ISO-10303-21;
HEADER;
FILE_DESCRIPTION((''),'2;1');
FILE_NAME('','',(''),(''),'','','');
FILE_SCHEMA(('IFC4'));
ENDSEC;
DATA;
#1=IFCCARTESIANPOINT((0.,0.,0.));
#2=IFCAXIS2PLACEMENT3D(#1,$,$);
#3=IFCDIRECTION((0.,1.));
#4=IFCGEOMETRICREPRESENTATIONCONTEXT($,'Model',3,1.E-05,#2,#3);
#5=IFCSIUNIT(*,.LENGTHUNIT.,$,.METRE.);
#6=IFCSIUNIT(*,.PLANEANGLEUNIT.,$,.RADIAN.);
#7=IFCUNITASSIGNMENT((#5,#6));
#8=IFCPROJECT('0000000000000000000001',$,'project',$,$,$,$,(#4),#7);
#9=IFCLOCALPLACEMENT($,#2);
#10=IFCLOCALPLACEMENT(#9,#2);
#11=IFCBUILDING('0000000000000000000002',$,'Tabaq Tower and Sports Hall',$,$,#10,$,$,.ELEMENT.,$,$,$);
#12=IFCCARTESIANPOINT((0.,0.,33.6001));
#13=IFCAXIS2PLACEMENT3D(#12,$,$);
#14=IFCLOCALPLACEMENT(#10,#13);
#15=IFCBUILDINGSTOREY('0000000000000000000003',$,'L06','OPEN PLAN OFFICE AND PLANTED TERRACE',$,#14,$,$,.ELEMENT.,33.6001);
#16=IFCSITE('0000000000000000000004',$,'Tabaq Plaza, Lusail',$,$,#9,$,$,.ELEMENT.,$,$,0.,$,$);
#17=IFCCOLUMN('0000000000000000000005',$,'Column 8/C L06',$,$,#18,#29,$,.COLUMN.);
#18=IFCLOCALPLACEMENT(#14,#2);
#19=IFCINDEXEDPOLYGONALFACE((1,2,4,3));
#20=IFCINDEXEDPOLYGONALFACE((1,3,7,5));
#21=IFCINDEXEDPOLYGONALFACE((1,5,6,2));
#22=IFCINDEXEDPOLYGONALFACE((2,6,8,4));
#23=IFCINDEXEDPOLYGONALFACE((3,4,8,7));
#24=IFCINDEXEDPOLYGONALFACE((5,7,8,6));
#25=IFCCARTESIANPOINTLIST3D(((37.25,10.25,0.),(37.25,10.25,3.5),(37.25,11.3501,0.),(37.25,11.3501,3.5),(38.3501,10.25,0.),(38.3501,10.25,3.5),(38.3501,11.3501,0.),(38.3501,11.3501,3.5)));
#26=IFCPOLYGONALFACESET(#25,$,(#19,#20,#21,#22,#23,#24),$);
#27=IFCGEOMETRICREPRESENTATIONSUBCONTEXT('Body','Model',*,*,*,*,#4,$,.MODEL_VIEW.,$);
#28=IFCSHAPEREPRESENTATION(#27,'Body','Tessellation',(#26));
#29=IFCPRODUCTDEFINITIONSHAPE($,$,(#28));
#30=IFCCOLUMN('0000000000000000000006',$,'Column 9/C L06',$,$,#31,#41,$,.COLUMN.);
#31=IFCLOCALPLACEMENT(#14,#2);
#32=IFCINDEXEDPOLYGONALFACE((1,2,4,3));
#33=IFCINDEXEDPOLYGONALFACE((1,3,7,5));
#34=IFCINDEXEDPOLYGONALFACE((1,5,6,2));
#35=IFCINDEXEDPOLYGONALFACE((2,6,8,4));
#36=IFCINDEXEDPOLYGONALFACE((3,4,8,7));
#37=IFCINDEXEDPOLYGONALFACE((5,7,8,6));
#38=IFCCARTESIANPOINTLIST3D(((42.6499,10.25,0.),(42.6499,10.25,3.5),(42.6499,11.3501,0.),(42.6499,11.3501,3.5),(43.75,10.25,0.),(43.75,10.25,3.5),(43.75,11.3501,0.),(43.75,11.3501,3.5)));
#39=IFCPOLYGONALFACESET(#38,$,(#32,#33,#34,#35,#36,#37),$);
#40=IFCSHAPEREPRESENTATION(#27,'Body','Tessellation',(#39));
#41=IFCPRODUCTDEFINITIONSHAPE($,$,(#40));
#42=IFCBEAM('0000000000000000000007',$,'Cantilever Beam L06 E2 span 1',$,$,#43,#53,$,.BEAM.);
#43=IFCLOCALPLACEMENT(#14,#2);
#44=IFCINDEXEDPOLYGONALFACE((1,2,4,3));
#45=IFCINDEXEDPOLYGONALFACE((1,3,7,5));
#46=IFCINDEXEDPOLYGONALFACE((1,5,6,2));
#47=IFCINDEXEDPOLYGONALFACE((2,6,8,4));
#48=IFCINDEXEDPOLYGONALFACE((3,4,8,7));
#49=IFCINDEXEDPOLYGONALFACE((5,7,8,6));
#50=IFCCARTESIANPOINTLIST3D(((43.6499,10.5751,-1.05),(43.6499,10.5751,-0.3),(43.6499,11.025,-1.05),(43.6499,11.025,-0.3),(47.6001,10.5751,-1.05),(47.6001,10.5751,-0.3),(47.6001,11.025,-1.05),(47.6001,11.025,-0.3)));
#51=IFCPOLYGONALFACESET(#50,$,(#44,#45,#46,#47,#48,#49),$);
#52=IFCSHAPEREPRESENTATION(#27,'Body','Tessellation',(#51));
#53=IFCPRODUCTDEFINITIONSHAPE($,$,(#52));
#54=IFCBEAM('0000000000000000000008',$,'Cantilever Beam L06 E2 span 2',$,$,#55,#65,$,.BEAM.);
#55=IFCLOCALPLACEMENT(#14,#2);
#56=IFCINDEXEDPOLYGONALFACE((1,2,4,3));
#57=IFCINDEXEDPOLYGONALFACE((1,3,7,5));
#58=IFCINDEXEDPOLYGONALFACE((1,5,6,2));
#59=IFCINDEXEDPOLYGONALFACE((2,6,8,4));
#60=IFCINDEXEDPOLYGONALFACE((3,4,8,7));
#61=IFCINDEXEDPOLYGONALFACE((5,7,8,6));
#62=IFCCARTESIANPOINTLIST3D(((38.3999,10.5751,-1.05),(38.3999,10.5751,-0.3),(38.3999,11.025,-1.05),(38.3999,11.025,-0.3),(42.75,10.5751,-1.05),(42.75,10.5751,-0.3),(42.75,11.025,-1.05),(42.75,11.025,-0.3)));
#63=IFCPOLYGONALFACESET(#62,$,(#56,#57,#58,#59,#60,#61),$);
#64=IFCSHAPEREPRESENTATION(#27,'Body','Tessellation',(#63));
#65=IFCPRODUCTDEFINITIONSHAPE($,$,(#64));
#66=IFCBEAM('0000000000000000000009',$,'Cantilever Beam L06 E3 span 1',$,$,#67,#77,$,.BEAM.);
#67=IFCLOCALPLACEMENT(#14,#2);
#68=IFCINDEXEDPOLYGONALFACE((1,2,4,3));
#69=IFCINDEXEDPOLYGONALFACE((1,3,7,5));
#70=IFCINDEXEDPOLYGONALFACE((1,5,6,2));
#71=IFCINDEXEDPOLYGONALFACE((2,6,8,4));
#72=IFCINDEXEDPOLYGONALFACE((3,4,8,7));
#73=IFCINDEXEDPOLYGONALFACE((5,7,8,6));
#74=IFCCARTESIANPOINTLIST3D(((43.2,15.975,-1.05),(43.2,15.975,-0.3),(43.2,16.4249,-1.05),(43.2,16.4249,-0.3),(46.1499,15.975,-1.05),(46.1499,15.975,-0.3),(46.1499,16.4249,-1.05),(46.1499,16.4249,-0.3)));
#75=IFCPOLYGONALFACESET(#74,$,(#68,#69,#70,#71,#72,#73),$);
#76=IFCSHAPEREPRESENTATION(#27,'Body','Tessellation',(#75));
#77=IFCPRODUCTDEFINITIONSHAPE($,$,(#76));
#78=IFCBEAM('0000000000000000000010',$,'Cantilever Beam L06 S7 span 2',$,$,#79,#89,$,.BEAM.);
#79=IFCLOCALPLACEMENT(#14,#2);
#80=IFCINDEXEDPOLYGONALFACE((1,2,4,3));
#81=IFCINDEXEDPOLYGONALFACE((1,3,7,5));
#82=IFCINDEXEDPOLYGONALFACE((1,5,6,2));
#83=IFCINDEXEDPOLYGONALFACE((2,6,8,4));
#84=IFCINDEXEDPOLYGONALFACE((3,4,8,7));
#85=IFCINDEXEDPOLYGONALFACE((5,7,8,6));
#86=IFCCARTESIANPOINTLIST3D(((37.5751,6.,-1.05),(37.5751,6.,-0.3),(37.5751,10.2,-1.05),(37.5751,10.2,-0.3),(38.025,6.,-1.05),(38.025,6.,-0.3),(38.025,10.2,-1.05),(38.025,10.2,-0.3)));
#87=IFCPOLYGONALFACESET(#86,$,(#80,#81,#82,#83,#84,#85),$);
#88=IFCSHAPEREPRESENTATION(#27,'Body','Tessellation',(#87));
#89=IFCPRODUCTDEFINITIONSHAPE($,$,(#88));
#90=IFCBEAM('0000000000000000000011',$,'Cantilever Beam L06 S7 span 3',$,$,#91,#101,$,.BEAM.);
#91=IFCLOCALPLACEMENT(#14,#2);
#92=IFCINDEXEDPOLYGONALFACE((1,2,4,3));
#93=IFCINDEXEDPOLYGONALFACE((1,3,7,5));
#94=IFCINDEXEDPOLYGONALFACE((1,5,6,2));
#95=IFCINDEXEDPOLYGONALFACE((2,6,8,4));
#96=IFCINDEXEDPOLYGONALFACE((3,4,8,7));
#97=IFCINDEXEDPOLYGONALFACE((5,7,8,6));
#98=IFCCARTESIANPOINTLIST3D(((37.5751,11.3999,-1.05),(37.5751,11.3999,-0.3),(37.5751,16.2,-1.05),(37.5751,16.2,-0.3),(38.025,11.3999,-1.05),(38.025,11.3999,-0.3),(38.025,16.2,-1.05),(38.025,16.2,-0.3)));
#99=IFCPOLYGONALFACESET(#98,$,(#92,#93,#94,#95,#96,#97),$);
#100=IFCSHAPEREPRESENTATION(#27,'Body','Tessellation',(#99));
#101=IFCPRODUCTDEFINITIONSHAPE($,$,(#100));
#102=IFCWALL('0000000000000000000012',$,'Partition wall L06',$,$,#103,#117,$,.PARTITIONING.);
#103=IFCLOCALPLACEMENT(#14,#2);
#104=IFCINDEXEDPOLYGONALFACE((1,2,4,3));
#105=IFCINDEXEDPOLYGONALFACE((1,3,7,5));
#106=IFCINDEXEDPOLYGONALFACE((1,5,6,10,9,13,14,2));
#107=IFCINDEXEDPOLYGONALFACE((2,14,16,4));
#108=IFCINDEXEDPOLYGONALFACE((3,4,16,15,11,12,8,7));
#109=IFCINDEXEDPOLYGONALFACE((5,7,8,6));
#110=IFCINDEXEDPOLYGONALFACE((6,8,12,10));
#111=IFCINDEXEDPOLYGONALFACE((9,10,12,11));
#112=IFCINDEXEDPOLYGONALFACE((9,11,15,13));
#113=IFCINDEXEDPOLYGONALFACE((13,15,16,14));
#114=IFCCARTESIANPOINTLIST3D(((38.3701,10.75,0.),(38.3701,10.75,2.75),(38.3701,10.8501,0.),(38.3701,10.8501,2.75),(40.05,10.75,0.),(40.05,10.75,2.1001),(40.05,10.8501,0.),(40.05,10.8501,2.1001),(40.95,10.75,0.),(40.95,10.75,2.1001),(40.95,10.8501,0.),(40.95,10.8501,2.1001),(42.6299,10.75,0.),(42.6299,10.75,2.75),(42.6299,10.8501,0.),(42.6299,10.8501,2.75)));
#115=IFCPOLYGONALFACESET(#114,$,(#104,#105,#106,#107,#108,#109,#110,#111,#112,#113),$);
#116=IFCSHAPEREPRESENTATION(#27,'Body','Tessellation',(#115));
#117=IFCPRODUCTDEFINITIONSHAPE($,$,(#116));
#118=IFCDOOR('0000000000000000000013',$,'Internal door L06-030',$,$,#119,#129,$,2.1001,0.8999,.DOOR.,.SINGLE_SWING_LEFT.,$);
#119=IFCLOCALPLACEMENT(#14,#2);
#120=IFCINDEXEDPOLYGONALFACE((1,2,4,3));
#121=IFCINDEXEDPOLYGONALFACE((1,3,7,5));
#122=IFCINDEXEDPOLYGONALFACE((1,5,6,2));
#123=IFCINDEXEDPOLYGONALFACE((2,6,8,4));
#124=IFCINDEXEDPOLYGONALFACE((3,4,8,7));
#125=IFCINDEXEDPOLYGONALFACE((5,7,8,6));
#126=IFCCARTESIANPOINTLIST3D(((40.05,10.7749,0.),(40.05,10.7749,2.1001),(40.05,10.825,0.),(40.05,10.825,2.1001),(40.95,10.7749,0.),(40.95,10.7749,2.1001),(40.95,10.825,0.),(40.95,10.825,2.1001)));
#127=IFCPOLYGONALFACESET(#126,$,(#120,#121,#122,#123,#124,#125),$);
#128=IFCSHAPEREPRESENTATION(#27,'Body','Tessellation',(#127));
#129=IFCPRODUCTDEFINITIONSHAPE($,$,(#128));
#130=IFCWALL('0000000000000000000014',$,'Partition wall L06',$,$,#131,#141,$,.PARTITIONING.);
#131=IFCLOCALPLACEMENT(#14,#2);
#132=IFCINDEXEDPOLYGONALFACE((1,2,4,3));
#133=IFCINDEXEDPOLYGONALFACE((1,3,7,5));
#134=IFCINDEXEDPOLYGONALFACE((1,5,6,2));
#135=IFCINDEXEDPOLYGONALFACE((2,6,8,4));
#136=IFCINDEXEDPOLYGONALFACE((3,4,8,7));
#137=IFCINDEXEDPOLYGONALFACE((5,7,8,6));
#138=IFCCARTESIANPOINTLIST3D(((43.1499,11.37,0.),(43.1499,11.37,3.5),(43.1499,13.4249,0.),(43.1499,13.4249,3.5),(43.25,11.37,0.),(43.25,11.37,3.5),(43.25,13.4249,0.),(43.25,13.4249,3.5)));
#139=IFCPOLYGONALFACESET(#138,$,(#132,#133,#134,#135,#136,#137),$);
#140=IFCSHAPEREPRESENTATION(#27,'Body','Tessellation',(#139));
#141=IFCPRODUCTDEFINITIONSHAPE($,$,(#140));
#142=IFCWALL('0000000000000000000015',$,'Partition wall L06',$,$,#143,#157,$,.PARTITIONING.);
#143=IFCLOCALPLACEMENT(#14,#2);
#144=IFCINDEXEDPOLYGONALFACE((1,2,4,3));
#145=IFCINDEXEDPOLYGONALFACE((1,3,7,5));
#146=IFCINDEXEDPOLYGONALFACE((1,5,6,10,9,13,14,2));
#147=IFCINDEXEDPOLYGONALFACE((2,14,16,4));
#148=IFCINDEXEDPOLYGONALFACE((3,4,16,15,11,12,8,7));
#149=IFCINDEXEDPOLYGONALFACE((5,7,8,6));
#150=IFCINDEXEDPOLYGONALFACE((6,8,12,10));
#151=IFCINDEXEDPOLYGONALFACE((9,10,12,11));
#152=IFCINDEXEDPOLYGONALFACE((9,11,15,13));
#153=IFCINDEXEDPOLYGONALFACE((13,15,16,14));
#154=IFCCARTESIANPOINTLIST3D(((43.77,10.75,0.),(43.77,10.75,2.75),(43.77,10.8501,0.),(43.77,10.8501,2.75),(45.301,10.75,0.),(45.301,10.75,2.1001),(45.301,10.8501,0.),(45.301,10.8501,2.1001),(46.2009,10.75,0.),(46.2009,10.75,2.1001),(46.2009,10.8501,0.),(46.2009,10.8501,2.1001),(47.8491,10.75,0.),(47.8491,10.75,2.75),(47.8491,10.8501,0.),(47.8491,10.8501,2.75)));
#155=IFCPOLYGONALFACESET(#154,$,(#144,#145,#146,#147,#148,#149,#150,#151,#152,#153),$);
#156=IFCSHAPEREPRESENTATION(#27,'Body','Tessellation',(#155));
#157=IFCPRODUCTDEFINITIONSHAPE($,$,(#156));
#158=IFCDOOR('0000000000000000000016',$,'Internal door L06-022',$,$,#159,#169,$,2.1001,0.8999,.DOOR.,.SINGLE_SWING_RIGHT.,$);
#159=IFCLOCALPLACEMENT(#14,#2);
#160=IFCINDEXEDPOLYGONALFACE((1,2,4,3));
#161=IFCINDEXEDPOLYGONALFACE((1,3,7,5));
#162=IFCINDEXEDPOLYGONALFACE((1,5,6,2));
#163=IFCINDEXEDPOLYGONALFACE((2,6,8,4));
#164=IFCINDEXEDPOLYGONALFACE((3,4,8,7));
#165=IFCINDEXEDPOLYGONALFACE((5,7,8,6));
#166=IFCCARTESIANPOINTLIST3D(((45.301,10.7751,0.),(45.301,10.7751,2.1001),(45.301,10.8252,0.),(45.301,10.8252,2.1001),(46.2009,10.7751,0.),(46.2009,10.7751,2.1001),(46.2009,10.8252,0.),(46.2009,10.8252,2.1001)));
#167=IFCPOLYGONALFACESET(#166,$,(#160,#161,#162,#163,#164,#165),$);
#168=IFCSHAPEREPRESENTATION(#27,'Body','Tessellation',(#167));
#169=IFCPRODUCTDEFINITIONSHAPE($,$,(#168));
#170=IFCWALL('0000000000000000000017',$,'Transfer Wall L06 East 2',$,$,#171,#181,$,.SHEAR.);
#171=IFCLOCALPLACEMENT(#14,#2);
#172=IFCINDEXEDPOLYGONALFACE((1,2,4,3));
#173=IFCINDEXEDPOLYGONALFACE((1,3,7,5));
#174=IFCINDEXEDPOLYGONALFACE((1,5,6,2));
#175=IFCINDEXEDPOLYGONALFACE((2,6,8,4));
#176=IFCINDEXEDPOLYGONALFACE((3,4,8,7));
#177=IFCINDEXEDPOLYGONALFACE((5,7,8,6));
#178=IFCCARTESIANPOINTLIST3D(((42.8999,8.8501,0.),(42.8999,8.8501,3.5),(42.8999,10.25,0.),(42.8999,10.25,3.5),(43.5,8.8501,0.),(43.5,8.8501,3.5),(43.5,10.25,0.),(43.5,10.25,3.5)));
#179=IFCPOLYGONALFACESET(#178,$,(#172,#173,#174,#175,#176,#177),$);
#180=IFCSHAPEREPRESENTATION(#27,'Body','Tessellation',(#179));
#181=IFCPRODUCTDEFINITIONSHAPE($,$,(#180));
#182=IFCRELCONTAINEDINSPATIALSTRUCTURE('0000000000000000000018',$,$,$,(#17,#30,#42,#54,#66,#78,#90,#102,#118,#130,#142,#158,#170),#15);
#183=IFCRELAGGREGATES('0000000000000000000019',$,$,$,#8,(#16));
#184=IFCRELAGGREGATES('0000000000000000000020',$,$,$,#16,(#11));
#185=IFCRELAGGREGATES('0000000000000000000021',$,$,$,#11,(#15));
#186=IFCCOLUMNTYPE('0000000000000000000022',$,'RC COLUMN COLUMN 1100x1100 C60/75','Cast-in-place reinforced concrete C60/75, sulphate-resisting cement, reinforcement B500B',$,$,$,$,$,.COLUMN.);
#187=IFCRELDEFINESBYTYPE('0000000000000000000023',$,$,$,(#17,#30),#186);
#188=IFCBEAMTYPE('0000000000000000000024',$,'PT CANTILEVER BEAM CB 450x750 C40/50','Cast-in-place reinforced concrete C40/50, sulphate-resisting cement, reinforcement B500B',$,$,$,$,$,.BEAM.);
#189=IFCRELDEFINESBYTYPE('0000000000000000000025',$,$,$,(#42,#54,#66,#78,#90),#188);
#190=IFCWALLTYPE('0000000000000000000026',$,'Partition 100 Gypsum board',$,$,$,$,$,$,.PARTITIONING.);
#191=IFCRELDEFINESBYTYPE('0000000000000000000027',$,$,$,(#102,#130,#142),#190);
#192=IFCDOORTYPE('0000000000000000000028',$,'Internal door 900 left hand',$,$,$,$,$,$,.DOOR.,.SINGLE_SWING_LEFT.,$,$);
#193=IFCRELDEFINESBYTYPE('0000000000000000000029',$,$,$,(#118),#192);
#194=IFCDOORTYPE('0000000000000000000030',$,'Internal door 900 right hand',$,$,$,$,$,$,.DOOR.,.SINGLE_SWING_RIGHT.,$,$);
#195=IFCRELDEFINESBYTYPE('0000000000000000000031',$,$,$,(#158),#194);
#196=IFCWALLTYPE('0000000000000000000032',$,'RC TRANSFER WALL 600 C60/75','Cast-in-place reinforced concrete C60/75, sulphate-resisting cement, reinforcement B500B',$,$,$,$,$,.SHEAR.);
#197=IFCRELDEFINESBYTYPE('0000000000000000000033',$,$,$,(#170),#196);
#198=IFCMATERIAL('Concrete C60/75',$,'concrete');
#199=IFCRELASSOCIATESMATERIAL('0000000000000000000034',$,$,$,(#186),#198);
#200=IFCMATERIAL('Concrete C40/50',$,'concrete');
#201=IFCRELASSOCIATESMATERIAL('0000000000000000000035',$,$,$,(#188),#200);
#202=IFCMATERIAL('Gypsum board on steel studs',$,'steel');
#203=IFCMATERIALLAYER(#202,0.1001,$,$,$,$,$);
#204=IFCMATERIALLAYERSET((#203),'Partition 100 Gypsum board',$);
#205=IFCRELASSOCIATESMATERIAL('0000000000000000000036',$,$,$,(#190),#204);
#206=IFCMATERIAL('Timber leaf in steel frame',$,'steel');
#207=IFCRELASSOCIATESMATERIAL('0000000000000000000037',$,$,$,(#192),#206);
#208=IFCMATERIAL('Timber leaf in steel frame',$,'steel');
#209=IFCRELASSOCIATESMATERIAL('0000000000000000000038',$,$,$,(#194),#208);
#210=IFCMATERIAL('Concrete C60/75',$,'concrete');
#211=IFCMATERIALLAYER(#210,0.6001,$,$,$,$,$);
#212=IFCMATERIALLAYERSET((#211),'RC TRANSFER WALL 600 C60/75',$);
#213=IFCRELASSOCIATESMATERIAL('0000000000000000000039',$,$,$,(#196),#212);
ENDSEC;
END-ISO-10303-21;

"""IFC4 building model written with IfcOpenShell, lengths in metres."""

from ifc_helpers import new_model, si_unit, direction, frame, frame_2d, origin, origin_2d, place, context, subcontext, project, spatial, rectangle, extrude, material, layer, layer_set, material_profile, profile_set, type_object, element, fill, save


model = new_model("IFC4")

# Units and contexts
model_context = context("Model", 3, precision=1e-05, world=origin(), true_north=direction((0.0, 1.0)))
body_context = subcontext(model_context, "Body", "Model", "MODEL_VIEW")
ifc_project = project(units=[si_unit("LENGTHUNIT", "METRE"), si_unit("PLANEANGLEUNIT", "RADIAN")], contexts=[model_context])

# Site, building, storey
site_placement = place(None, origin())
site = spatial("IfcSite", under=ifc_project, at=site_placement, Name="Tabaq Plaza, Lusail", CompositionType="ELEMENT", RefElevation=0.0)
building_placement = place(site_placement, origin())
building = spatial("IfcBuilding", under=site, at=building_placement, Name="Tabaq Tower and Sports Hall", CompositionType="ELEMENT")
storey_placement = place(building_placement, frame((0.0, 0.0, 33.6001)))
storey = spatial("IfcBuildingStorey", under=building, at=storey_placement, Name="L06", Description="OPEN PLAN OFFICE AND PLANTED TERRACE", CompositionType="ELEMENT", Elevation=33.6001)

# Columns
ifc_material_1 = material(Name="Concrete C60/75", Category="concrete")
ifc_material_profile_1 = material_profile(ifc_material_1, rectangle(XDim=1.1001, YDim=1.1001, at=origin_2d()), Name="COLUMN 1100x1100")
ifc_profile_set_1 = profile_set([ifc_material_profile_1], Name="Concrete C60/75")
column_type = type_object("IfcColumnType", Name="RC COLUMN COLUMN 1100x1100 C60/75", Description="Cast-in-place reinforced concrete C60/75, sulphate-resisting cement, reinforcement B500B", PredefinedType="COLUMN", material=ifc_profile_set_1)
for number, where, z_axis, x_axis, name in (
    (1, (37.8, 10.8, 0.0), (0.0, 0.0, 1.0), (1.0, 0.0, 0.0), "Column 8/C L06"),
    (2, (43.2, 10.8, 0.0), (0.0, 0.0, 1.0), (1.0, 0.0, 0.0), "Column 9/C L06"),
):
    element("IfcColumn", number, at=place(storey_placement, frame(where, z_axis=z_axis, x_axis=x_axis)), inside=storey, type_object=column_type, Name=name, PredefinedType="COLUMN", context=body_context, shape_type="SweptSolid", body=[
        extrude(rectangle(XDim=1.1001, YDim=1.1001, at=origin_2d()), origin(), (0.0, 0.0, 1.0), 3.5),
    ])

# Beams
ifc_material_2 = material(Name="Concrete C40/50", Category="concrete")
ifc_material_profile_2 = material_profile(ifc_material_2, rectangle(XDim=0.45, YDim=0.75, at=origin_2d()), Name="CB 450x750")
ifc_profile_set_2 = profile_set([ifc_material_profile_2], Name="Concrete C40/50")
beam_type = type_object("IfcBeamType", Name="PT CANTILEVER BEAM CB 450x750 C40/50", Description="Cast-in-place reinforced concrete C40/50, sulphate-resisting cement, reinforcement B500B", PredefinedType="BEAM", material=ifc_profile_set_2)
beam_1_placement = place(storey_placement, frame((47.6001, 10.8, -0.675), z_axis=(-1.0, 0.0, 0.0), x_axis=(0.0, -1.0, 0.0)))
element("IfcBeam", 3, at=beam_1_placement, inside=storey, type_object=beam_type, Name="Cantilever Beam L06 E2 span 1", PredefinedType="BEAM", context=body_context, shape_type="SweptSolid", body=[
    extrude(rectangle(XDim=0.45, YDim=0.75, at=origin_2d()), origin(), (0.0, 0.0, 1.0), 3.9502),
])
beam_2_placement = place(storey_placement, frame((42.75, 10.8, -0.675), z_axis=(-1.0, 0.0, 0.0), x_axis=(0.0, -1.0, 0.0)))
element("IfcBeam", 4, at=beam_2_placement, inside=storey, type_object=beam_type, Name="Cantilever Beam L06 E2 span 2", PredefinedType="BEAM", context=body_context, shape_type="SweptSolid", body=[
    extrude(rectangle(XDim=0.45, YDim=0.75, at=origin_2d()), origin(), (0.0, 0.0, 1.0), 4.3501),
])
beam_3_placement = place(storey_placement, frame((46.1499, 16.2, -0.675), z_axis=(-1.0, 0.0, 0.0), x_axis=(0.0, -1.0, 0.0)))
element("IfcBeam", 5, at=beam_3_placement, inside=storey, type_object=beam_type, Name="Cantilever Beam L06 E3 span 1", PredefinedType="BEAM", context=body_context, shape_type="SweptSolid", body=[
    extrude(rectangle(XDim=0.45, YDim=0.75, at=origin_2d()), origin(), (0.0, 0.0, 1.0), 2.95),
])
beam_4_placement = place(storey_placement, frame((37.8, 6.0, -0.675), z_axis=(0.0, 1.0, 0.0), x_axis=(-1.0, 0.0, 0.0)))
element("IfcBeam", 6, at=beam_4_placement, inside=storey, type_object=beam_type, Name="Cantilever Beam L06 S7 span 2", PredefinedType="BEAM", context=body_context, shape_type="SweptSolid", body=[
    extrude(rectangle(XDim=0.45, YDim=0.75, at=origin_2d()), origin(), (0.0, 0.0, 1.0), 4.2),
])
beam_5_placement = place(storey_placement, frame((37.8, 11.3999, -0.675), z_axis=(0.0, 1.0, 0.0), x_axis=(-1.0, 0.0, 0.0)))
element("IfcBeam", 7, at=beam_5_placement, inside=storey, type_object=beam_type, Name="Cantilever Beam L06 S7 span 3", PredefinedType="BEAM", context=body_context, shape_type="SweptSolid", body=[
    extrude(rectangle(XDim=0.45, YDim=0.75, at=origin_2d()), origin(), (0.0, 0.0, 1.0), 4.8),
])

# Wall, opening, door
ifc_material_3 = material(Name="Gypsum board on steel studs", Category="steel")
ifc_layer_1 = layer(ifc_material_3, 0.1001)
ifc_layer_set_1 = layer_set([ifc_layer_1], Name="Partition 100 Gypsum board")
wall_type_1 = type_object("IfcWallType", Name="Partition 100 Gypsum board", PredefinedType="PARTITIONING", material=ifc_layer_set_1)
wall_1_placement = place(storey_placement, frame((38.3701, 10.8, 0.0), z_axis=(0.0, 0.0, 1.0), x_axis=(1.0, 0.0, 0.0)))
wall_1 = element("IfcWall", 8, at=wall_1_placement, inside=storey, type_object=wall_type_1, Name="Partition wall L06", PredefinedType="PARTITIONING", context=body_context, shape_type="SweptSolid", body=[
    extrude(rectangle(XDim=4.2598, YDim=0.1001, at=frame_2d((2.1299, 0.0))), origin(), (0.0, 0.0, 1.0), 2.75),
])
opening_1_placement = place(wall_1_placement, frame((1.6799, 0.0, 0.0)))
opening_1 = element("IfcOpeningElement", 9, at=opening_1_placement, cuts=wall_1, PredefinedType="OPENING", context=body_context, shape_type="SweptSolid", body=[
    extrude(rectangle(XDim=0.8999, YDim=2.1001, at=frame_2d((0.45, 1.05))), frame((0.0, 0.05, 0.0), z_axis=(0.0, -1.0, 0.0), x_axis=(1.0, 0.0, 0.0)), (0.0, 0.0, 1.0), 0.1001),
])
ifc_material_4 = material(Name="Timber leaf in steel frame", Category="steel")
door_type_1 = type_object("IfcDoorType", Name="Internal door 900 left hand", OperationType="SINGLE_SWING_LEFT", PredefinedType="DOOR", material=ifc_material_4)
door_1_placement = place(opening_1_placement, origin())
door_1 = element("IfcDoor", 10, at=door_1_placement, inside=storey, type_object=door_type_1, Name="Internal door L06-030", OperationType="SINGLE_SWING_LEFT", OverallHeight=2.1001, OverallWidth=0.8999, PredefinedType="DOOR", context=body_context, shape_type="SweptSolid", body=[
    extrude(rectangle(XDim=0.8999, YDim=2.1001, at=frame_2d((0.45, 1.05))), frame((0.0, 0.0249, 0.0), z_axis=(0.0, -1.0, 0.0), x_axis=(1.0, 0.0, 0.0)), (0.0, 0.0, 1.0), 0.05),
])
fill(opening_1, door_1)

# Wall
wall_2_placement = place(storey_placement, frame((43.2, 11.3701, 0.0), z_axis=(0.0, 0.0, 1.0), x_axis=(0.0, 1.0, 0.0)))
element("IfcWall", 11, at=wall_2_placement, inside=storey, type_object=wall_type_1, Name="Partition wall L06", PredefinedType="PARTITIONING", context=body_context, shape_type="SweptSolid", body=[
    extrude(rectangle(XDim=2.0549, YDim=0.1001, at=frame_2d((1.0273, 0.0))), origin(), (0.0, 0.0, 1.0), 3.5),
])

# Wall, opening, door
wall_3_placement = place(storey_placement, frame((47.8491, 10.8, 0.0), z_axis=(0.0, 0.0, 1.0), x_axis=(-1.0, 0.0, 0.0)))
wall_3 = element("IfcWall", 12, at=wall_3_placement, inside=storey, type_object=wall_type_1, Name="Partition wall L06", PredefinedType="PARTITIONING", context=body_context, shape_type="SweptSolid", body=[
    extrude(rectangle(XDim=4.0791, YDim=0.1001, at=frame_2d((2.0396, 0.0))), origin(), (0.0, 0.0, 1.0), 2.75),
])
opening_2_placement = place(wall_3_placement, frame((1.6482, 0.0, 0.0)))
opening_2 = element("IfcOpeningElement", 13, at=opening_2_placement, cuts=wall_3, PredefinedType="OPENING", context=body_context, shape_type="SweptSolid", body=[
    extrude(rectangle(XDim=0.8999, YDim=2.1001, at=frame_2d((0.45, 1.05))), frame((0.0, 0.05, 0.0), z_axis=(0.0, -1.0, 0.0), x_axis=(1.0, 0.0, 0.0)), (0.0, 0.0, 1.0), 0.1001),
])
ifc_material_5 = material(Name="Timber leaf in steel frame", Category="steel")
door_type_2 = type_object("IfcDoorType", Name="Internal door 900 right hand", OperationType="SINGLE_SWING_RIGHT", PredefinedType="DOOR", material=ifc_material_5)
door_2_placement = place(opening_2_placement, origin())
door_2 = element("IfcDoor", 14, at=door_2_placement, inside=storey, type_object=door_type_2, Name="Internal door L06-022", OperationType="SINGLE_SWING_RIGHT", OverallHeight=2.1001, OverallWidth=0.8999, PredefinedType="DOOR", context=body_context, shape_type="SweptSolid", body=[
    extrude(rectangle(XDim=0.8999, YDim=2.1001, at=frame_2d((0.45, 1.05))), frame((0.0, 0.0249, 0.0), z_axis=(0.0, -1.0, 0.0), x_axis=(1.0, 0.0, 0.0)), (0.0, 0.0, 1.0), 0.05),
])
fill(opening_2, door_2)

# Wall
ifc_material_6 = material(Name="Concrete C60/75", Category="concrete")
ifc_layer_2 = layer(ifc_material_6, 0.6001)
ifc_layer_set_2 = layer_set([ifc_layer_2], Name="RC TRANSFER WALL 600 C60/75")
wall_type_2 = type_object("IfcWallType", Name="RC TRANSFER WALL 600 C60/75", Description="Cast-in-place reinforced concrete C60/75, sulphate-resisting cement, reinforcement B500B", PredefinedType="SHEAR", material=ifc_layer_set_2)
wall_4_placement = place(storey_placement, frame((43.2, 8.8501, 0.0), z_axis=(0.0, 0.0, 1.0), x_axis=(0.0, 1.0, 0.0)))
element("IfcWall", 15, at=wall_4_placement, inside=storey, type_object=wall_type_2, Name="Transfer Wall L06 East 2", PredefinedType="SHEAR", context=body_context, shape_type="SweptSolid", body=[
    extrude(rectangle(XDim=1.3999, YDim=0.6001, at=frame_2d((0.7, 0.0))), origin(), (0.0, 0.0, 1.0), 3.5),
])

save(model, "model.ifc")
